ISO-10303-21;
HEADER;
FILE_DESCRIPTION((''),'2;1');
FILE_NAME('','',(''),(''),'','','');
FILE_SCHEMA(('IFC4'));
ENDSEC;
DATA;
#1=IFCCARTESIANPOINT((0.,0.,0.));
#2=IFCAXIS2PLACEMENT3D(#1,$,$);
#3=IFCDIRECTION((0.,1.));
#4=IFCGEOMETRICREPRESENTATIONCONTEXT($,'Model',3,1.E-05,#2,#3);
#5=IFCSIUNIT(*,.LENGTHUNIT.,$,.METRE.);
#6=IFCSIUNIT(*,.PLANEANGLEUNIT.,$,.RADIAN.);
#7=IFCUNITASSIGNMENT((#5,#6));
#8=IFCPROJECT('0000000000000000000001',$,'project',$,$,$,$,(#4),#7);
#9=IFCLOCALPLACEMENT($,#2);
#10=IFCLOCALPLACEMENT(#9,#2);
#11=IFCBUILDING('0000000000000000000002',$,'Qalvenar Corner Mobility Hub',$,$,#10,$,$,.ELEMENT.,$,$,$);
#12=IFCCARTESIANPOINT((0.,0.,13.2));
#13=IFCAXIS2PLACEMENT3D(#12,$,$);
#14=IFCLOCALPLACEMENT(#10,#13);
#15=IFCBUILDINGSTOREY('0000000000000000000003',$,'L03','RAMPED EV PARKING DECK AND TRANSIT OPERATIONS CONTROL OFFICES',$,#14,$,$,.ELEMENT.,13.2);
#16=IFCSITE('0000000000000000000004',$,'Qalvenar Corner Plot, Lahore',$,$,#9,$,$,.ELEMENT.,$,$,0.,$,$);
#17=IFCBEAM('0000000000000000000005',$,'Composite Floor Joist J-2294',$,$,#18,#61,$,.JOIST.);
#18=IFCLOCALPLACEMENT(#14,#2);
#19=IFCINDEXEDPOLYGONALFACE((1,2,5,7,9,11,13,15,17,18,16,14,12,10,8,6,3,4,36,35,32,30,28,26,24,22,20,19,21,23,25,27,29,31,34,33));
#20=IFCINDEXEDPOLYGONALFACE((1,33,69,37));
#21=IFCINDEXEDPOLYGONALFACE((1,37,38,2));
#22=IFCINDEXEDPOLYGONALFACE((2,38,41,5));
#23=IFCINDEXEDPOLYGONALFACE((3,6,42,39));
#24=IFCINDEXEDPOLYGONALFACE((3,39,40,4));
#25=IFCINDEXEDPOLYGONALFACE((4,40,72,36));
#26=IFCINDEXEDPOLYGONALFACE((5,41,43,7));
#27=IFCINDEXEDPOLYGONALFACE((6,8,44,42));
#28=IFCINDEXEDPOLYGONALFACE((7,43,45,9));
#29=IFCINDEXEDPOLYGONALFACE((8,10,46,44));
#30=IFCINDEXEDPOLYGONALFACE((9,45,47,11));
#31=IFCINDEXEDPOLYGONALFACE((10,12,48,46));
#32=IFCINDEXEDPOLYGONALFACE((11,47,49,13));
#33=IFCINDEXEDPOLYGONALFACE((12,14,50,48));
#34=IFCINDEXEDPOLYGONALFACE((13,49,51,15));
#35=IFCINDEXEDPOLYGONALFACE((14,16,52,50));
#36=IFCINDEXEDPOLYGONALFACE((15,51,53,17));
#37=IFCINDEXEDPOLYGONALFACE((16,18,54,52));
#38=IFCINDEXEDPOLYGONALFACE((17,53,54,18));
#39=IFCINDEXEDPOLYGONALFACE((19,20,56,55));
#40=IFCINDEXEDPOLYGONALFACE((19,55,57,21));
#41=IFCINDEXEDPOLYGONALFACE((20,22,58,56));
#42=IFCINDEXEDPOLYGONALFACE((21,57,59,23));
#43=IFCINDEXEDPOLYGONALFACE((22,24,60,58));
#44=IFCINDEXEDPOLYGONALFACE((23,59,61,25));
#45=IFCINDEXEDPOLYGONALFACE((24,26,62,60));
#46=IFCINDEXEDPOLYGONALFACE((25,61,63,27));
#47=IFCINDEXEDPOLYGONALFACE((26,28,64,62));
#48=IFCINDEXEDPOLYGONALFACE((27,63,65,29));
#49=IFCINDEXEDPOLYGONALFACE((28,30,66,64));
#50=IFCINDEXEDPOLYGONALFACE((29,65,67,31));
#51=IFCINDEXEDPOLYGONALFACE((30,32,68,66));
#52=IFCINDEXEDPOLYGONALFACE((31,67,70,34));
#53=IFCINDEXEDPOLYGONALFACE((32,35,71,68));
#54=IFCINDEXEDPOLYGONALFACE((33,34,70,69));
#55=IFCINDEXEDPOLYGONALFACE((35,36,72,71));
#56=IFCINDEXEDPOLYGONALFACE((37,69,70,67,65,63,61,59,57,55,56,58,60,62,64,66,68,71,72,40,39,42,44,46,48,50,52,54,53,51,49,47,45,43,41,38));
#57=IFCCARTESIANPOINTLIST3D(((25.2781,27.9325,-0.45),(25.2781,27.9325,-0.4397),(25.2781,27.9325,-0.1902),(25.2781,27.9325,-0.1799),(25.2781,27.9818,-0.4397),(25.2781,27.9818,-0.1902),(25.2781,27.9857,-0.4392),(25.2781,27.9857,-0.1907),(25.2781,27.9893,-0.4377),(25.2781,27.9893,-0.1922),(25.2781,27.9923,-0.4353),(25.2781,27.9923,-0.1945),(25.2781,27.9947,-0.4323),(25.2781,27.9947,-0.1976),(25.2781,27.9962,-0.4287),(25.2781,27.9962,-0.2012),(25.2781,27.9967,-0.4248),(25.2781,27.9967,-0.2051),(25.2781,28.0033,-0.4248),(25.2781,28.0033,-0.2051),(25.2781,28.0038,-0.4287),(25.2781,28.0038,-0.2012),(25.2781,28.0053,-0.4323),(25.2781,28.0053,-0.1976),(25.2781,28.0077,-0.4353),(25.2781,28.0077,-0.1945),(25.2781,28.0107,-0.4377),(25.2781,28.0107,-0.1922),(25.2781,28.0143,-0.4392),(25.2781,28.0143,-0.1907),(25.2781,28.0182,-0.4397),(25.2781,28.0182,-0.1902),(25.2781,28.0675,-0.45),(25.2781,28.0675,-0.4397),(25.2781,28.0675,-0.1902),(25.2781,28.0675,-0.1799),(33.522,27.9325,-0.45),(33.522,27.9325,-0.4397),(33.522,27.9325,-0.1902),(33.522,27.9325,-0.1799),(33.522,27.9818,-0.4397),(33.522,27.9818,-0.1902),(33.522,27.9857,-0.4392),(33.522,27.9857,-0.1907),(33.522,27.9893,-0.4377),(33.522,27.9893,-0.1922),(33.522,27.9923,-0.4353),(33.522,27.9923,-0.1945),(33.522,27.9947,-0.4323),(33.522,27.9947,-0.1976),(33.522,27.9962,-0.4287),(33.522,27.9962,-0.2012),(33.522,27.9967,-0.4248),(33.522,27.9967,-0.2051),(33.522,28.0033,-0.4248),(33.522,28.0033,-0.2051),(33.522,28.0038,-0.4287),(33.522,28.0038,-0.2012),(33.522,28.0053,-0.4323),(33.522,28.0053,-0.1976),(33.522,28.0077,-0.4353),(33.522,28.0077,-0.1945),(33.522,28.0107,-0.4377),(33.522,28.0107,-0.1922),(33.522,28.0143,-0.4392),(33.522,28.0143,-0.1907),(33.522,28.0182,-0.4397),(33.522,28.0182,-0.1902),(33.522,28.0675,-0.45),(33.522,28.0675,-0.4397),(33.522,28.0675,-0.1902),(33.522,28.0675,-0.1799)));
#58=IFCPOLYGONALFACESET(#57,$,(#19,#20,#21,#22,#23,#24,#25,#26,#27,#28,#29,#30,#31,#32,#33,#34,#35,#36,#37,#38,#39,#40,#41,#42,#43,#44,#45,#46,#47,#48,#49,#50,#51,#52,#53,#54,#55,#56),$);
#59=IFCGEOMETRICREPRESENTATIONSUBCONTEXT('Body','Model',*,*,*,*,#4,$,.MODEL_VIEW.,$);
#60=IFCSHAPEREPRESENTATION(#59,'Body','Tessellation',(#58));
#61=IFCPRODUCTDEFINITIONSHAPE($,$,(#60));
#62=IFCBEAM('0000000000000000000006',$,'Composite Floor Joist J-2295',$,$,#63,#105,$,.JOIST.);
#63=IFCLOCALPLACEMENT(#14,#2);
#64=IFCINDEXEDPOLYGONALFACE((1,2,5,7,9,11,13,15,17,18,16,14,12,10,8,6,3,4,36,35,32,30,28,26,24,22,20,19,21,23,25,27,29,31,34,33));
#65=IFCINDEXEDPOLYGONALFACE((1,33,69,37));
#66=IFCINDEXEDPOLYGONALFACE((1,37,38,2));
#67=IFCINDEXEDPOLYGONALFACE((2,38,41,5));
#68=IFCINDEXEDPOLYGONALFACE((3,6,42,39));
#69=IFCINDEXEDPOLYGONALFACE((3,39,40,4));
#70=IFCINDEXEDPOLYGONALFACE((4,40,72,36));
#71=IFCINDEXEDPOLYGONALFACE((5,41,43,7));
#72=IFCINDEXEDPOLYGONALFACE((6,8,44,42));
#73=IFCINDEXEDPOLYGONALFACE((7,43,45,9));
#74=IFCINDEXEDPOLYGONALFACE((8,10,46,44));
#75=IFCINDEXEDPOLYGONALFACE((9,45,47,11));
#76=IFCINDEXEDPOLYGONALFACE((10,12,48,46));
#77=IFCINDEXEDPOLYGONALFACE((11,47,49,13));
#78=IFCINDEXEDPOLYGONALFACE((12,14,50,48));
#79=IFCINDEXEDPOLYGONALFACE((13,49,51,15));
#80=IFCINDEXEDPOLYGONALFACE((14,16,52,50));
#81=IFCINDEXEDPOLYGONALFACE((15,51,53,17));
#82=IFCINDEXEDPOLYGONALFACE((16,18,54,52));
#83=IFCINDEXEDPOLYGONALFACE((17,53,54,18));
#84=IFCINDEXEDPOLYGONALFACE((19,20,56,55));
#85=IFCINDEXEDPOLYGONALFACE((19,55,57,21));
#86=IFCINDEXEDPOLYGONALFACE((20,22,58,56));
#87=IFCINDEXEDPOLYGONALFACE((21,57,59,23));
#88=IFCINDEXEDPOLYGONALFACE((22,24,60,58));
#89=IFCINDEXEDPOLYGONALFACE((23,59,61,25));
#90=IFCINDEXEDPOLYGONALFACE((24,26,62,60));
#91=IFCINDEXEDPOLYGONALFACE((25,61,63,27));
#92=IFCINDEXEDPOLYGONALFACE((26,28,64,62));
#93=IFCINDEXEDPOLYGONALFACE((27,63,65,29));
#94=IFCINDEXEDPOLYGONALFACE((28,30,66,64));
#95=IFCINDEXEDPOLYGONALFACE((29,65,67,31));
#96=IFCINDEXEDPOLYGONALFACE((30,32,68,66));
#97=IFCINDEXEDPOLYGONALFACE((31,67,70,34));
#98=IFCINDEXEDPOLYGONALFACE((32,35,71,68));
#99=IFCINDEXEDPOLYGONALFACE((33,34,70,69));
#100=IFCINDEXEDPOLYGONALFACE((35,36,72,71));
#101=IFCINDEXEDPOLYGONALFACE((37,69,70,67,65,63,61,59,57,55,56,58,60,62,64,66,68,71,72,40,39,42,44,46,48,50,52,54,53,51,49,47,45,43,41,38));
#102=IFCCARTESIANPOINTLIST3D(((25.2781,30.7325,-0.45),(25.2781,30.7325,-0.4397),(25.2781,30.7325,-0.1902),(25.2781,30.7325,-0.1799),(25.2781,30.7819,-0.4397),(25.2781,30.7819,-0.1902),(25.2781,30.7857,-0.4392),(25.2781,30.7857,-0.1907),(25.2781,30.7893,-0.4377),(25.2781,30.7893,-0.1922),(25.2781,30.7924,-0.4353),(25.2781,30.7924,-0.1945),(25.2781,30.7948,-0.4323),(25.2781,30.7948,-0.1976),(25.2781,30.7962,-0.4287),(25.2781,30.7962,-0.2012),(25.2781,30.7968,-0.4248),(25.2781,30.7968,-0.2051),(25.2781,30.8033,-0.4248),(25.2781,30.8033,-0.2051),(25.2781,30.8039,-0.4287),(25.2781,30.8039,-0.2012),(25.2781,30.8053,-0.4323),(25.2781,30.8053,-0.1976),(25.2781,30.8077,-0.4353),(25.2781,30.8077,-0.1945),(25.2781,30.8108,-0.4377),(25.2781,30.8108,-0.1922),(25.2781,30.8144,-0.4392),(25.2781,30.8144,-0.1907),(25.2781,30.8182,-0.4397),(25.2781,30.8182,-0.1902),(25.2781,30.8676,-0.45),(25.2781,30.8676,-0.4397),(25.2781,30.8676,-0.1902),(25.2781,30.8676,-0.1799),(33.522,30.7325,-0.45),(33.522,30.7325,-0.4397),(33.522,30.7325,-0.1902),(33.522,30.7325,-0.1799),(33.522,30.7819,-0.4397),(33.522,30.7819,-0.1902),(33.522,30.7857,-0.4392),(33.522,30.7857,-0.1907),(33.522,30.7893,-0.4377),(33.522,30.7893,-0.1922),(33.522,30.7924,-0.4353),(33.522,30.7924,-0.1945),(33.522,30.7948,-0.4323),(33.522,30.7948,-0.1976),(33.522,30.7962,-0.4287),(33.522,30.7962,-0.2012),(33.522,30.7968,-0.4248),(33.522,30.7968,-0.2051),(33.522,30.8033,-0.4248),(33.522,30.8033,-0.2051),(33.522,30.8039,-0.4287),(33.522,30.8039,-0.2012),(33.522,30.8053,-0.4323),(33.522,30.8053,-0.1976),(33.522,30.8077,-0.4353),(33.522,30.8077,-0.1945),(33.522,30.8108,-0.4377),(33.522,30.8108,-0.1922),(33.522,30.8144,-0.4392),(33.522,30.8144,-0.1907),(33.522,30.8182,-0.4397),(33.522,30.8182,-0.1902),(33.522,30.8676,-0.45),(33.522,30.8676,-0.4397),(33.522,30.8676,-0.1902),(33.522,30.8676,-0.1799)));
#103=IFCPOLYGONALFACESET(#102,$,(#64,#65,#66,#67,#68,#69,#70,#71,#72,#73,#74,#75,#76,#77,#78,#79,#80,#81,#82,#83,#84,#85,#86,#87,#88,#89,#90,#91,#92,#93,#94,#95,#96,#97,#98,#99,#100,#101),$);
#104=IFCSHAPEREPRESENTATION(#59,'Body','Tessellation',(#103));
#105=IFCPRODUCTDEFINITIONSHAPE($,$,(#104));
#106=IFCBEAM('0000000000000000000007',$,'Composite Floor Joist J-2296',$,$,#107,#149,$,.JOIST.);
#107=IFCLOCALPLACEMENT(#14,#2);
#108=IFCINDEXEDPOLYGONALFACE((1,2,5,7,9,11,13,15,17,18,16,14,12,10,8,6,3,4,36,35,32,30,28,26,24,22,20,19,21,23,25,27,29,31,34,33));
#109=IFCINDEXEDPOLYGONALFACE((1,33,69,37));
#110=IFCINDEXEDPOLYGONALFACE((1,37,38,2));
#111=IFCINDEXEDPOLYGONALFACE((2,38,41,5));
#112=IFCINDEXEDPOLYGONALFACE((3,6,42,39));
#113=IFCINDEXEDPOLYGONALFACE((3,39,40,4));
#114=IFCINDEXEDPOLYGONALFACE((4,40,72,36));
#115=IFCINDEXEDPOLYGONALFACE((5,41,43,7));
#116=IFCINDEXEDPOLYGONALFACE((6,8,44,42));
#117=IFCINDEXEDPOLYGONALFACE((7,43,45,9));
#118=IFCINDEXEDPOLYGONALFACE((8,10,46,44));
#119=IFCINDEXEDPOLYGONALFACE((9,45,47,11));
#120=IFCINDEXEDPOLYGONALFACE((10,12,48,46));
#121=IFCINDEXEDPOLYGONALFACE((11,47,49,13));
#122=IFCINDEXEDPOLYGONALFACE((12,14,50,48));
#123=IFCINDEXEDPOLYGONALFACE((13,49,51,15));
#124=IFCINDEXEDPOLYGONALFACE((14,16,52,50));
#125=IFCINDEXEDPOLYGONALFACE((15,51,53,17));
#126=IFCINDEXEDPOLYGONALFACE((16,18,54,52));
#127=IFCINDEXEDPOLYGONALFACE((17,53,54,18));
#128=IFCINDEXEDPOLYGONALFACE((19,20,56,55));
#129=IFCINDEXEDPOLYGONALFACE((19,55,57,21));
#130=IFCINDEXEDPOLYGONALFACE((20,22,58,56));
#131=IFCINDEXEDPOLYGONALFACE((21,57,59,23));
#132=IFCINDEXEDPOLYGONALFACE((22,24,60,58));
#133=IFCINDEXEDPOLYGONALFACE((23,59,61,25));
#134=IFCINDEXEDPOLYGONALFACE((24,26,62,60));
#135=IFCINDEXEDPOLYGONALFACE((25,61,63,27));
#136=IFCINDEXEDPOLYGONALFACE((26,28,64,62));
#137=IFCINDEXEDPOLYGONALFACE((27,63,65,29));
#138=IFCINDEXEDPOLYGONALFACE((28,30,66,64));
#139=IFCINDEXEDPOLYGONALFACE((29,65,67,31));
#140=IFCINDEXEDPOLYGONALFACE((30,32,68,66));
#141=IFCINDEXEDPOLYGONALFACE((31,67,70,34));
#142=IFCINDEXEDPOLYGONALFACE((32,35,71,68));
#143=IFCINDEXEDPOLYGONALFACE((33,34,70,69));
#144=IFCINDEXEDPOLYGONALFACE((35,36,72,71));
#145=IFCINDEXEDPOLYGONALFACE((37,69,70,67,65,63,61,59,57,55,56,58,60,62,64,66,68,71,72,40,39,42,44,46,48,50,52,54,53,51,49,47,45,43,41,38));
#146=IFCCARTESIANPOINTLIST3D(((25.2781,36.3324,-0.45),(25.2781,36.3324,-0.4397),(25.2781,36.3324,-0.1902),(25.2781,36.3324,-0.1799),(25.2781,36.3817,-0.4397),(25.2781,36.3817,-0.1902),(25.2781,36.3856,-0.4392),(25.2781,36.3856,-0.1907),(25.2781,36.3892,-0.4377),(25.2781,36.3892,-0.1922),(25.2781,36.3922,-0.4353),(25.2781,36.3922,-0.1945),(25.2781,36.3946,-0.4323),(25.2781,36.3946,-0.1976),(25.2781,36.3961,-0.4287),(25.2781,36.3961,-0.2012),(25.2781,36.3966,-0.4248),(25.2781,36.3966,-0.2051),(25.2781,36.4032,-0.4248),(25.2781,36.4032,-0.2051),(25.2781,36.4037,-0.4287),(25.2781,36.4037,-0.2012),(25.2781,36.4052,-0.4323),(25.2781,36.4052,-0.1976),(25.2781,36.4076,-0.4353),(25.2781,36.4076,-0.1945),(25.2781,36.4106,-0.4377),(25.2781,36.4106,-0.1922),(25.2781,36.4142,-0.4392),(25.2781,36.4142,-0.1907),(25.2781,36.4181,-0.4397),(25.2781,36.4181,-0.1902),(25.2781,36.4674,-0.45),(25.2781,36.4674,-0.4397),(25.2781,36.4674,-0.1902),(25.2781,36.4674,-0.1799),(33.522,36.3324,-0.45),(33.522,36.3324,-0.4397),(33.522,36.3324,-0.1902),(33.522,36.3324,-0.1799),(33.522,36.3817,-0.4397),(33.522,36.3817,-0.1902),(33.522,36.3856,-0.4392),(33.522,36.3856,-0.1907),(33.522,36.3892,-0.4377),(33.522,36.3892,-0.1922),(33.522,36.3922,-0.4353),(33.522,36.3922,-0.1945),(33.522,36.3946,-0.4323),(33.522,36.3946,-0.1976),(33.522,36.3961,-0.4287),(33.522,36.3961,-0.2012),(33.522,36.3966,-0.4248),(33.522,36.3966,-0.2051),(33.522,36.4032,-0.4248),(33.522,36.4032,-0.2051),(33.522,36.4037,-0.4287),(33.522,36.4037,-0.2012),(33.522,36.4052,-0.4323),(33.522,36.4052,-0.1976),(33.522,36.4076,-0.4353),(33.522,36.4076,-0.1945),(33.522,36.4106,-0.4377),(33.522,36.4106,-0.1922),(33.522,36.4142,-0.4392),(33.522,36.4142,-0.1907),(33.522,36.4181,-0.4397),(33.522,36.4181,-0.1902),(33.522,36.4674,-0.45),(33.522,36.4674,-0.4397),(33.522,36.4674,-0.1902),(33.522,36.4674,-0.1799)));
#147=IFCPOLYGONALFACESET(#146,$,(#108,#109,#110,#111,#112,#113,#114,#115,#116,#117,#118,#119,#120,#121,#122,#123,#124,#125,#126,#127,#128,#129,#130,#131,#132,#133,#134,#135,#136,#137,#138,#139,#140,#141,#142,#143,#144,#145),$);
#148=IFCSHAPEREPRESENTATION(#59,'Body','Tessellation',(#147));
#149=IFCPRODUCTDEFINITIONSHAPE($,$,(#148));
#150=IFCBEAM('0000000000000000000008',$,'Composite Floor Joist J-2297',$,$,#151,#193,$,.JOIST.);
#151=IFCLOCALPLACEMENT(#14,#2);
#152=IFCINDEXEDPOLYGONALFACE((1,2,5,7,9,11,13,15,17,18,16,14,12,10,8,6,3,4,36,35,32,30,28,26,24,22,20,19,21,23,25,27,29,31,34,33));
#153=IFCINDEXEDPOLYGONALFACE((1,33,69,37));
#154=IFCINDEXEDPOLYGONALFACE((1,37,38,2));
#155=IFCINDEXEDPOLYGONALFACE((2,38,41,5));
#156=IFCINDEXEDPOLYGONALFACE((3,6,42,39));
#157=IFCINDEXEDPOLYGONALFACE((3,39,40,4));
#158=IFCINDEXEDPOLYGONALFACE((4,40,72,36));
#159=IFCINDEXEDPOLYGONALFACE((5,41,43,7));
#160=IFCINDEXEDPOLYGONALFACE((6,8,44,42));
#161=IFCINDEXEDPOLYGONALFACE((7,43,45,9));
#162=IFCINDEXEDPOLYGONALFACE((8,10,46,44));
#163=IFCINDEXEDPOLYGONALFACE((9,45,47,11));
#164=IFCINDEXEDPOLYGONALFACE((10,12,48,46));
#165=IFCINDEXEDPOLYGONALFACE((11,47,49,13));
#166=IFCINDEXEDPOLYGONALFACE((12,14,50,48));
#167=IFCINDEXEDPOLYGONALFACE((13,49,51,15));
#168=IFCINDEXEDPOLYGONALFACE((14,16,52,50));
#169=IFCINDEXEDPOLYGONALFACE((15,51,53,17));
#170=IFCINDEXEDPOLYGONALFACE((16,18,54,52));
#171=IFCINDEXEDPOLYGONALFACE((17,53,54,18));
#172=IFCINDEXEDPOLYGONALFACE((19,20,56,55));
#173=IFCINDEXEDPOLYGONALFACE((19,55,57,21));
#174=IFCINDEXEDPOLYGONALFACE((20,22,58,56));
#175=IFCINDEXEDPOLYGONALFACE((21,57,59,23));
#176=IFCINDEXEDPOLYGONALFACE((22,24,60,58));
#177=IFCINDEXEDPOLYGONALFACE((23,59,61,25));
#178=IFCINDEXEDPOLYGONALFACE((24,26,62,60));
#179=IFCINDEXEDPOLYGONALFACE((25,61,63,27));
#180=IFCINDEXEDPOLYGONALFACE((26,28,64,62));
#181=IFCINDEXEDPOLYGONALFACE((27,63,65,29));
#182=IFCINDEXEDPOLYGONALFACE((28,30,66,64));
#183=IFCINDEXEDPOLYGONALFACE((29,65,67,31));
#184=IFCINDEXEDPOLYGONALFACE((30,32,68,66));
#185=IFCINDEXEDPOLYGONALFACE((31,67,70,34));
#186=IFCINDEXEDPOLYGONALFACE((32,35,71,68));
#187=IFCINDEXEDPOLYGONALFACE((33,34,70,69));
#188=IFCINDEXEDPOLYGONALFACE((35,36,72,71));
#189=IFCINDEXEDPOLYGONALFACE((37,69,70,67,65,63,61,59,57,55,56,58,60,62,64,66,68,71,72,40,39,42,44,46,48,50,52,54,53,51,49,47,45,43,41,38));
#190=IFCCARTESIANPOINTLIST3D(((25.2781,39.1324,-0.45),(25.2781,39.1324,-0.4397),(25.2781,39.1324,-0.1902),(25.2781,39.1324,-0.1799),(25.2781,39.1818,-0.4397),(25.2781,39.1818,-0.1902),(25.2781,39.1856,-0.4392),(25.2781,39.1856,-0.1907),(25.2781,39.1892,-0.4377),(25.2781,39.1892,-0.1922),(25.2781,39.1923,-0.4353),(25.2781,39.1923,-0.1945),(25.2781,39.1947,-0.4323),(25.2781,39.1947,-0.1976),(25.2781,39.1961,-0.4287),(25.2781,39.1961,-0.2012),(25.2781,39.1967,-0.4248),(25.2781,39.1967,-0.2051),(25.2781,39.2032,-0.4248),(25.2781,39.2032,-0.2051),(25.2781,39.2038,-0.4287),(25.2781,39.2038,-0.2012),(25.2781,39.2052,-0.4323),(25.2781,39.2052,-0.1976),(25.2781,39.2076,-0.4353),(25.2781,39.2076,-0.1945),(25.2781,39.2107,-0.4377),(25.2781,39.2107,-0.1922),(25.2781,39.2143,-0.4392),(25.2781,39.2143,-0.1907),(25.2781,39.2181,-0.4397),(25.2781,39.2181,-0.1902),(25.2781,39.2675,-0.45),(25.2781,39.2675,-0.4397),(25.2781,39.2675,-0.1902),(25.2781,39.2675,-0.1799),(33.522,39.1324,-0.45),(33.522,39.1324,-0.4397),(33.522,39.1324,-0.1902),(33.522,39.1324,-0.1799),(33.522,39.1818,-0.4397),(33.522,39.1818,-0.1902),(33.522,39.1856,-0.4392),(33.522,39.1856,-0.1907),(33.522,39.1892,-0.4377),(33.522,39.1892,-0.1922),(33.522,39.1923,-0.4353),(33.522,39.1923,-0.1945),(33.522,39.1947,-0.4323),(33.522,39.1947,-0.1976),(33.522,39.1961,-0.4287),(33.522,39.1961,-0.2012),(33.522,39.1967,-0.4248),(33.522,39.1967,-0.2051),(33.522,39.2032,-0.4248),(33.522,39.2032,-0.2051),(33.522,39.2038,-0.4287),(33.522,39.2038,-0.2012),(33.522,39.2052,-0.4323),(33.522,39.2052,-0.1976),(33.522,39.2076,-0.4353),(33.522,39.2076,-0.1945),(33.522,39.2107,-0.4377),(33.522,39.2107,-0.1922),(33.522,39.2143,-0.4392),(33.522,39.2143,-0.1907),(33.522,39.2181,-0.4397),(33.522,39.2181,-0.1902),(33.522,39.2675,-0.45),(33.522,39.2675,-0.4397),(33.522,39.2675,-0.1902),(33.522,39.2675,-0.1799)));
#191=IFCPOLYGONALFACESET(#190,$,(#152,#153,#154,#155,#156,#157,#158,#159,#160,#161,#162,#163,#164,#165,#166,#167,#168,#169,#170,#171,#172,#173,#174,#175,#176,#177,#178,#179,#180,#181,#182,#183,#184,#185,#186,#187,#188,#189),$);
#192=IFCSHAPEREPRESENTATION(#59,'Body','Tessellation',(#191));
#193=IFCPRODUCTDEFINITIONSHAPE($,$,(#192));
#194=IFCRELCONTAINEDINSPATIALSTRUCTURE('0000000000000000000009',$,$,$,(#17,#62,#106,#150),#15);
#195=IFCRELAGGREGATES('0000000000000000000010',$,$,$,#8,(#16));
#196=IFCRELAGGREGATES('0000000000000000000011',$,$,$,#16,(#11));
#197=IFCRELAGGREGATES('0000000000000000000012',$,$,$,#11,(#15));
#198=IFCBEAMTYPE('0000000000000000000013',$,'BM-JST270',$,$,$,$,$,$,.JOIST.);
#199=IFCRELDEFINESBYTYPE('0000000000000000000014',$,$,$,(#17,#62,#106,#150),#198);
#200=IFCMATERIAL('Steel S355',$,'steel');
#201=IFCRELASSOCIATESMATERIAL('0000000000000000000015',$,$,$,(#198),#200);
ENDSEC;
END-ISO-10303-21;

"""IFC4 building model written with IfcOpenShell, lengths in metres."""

from ifc_helpers import new_model, si_unit, direction, frame, origin, origin_2d, place, context, subcontext, project, spatial, i_section, extrude, material, material_profile, profile_set, type_object, element, save


model = new_model("IFC4")

# Units and contexts
model_context = context("Model", 3, precision=1e-05, world=origin(), true_north=direction((0.0, 1.0)))
body_context = subcontext(model_context, "Body", "Model", "MODEL_VIEW")
ifc_project = project(units=[si_unit("LENGTHUNIT", "METRE"), si_unit("PLANEANGLEUNIT", "RADIAN")], contexts=[model_context])

# Site, building, storey
site_placement = place(None, origin())
site = spatial("IfcSite", under=ifc_project, at=site_placement, Name="Qalvenar Corner Plot, Lahore", CompositionType="ELEMENT", RefElevation=0.0)
building_placement = place(site_placement, origin())
building = spatial("IfcBuilding", under=site, at=building_placement, Name="Qalvenar Corner Mobility Hub", CompositionType="ELEMENT")
storey_placement = place(building_placement, frame((0.0, 0.0, 13.2)))
storey = spatial("IfcBuildingStorey", under=building, at=storey_placement, Name="L03", Description="RAMPED EV PARKING DECK AND TRANSIT OPERATIONS CONTROL OFFICES", CompositionType="ELEMENT", Elevation=13.2)

# Shared definitions
ifc_material_1 = material(Name="Steel S355", Category="steel")

# Beams
ifc_material_profile_1 = material_profile(ifc_material_1, i_section(OverallWidth=0.135, OverallDepth=0.27, WebThickness=0.0066, FlangeThickness=0.0103, FilletRadius=0.0149, at=origin_2d()), Name="IPE270")
ifc_profile_set_1 = profile_set([ifc_material_profile_1], Name="Steel S355")
beam_type_1 = type_object("IfcBeamType", Name="BM-JST270", PredefinedType="JOIST", material=ifc_profile_set_1)
for number, where, z_axis, x_axis, name in (
    (1, (25.2781, 28.0, -0.3149), (1.0, 0.0, 0.0), (0.0, 1.0, 0.0), "Composite Floor Joist J-2294"),
    (2, (25.2781, 30.8, -0.3149), (1.0, 0.0, 0.0), (0.0, 1.0, 0.0), "Composite Floor Joist J-2295"),
    (3, (25.2781, 36.3999, -0.3149), (1.0, 0.0, 0.0), (0.0, 1.0, 0.0), "Composite Floor Joist J-2296"),
    (4, (25.2781, 39.2, -0.3149), (1.0, 0.0, 0.0), (0.0, 1.0, 0.0), "Composite Floor Joist J-2297"),
):
    element("IfcBeam", number, at=place(storey_placement, frame(where, z_axis=z_axis, x_axis=x_axis)), inside=storey, type_object=beam_type_1, Name=name, PredefinedType="JOIST", context=body_context, shape_type="SweptSolid", body=[
        extrude(i_section(OverallWidth=0.135, OverallDepth=0.27, WebThickness=0.0066, FlangeThickness=0.0103, FilletRadius=0.0149, at=origin_2d()), origin(), (0.0, 0.0, 1.0), 8.2439),
    ])

save(model, "model.ifc")
